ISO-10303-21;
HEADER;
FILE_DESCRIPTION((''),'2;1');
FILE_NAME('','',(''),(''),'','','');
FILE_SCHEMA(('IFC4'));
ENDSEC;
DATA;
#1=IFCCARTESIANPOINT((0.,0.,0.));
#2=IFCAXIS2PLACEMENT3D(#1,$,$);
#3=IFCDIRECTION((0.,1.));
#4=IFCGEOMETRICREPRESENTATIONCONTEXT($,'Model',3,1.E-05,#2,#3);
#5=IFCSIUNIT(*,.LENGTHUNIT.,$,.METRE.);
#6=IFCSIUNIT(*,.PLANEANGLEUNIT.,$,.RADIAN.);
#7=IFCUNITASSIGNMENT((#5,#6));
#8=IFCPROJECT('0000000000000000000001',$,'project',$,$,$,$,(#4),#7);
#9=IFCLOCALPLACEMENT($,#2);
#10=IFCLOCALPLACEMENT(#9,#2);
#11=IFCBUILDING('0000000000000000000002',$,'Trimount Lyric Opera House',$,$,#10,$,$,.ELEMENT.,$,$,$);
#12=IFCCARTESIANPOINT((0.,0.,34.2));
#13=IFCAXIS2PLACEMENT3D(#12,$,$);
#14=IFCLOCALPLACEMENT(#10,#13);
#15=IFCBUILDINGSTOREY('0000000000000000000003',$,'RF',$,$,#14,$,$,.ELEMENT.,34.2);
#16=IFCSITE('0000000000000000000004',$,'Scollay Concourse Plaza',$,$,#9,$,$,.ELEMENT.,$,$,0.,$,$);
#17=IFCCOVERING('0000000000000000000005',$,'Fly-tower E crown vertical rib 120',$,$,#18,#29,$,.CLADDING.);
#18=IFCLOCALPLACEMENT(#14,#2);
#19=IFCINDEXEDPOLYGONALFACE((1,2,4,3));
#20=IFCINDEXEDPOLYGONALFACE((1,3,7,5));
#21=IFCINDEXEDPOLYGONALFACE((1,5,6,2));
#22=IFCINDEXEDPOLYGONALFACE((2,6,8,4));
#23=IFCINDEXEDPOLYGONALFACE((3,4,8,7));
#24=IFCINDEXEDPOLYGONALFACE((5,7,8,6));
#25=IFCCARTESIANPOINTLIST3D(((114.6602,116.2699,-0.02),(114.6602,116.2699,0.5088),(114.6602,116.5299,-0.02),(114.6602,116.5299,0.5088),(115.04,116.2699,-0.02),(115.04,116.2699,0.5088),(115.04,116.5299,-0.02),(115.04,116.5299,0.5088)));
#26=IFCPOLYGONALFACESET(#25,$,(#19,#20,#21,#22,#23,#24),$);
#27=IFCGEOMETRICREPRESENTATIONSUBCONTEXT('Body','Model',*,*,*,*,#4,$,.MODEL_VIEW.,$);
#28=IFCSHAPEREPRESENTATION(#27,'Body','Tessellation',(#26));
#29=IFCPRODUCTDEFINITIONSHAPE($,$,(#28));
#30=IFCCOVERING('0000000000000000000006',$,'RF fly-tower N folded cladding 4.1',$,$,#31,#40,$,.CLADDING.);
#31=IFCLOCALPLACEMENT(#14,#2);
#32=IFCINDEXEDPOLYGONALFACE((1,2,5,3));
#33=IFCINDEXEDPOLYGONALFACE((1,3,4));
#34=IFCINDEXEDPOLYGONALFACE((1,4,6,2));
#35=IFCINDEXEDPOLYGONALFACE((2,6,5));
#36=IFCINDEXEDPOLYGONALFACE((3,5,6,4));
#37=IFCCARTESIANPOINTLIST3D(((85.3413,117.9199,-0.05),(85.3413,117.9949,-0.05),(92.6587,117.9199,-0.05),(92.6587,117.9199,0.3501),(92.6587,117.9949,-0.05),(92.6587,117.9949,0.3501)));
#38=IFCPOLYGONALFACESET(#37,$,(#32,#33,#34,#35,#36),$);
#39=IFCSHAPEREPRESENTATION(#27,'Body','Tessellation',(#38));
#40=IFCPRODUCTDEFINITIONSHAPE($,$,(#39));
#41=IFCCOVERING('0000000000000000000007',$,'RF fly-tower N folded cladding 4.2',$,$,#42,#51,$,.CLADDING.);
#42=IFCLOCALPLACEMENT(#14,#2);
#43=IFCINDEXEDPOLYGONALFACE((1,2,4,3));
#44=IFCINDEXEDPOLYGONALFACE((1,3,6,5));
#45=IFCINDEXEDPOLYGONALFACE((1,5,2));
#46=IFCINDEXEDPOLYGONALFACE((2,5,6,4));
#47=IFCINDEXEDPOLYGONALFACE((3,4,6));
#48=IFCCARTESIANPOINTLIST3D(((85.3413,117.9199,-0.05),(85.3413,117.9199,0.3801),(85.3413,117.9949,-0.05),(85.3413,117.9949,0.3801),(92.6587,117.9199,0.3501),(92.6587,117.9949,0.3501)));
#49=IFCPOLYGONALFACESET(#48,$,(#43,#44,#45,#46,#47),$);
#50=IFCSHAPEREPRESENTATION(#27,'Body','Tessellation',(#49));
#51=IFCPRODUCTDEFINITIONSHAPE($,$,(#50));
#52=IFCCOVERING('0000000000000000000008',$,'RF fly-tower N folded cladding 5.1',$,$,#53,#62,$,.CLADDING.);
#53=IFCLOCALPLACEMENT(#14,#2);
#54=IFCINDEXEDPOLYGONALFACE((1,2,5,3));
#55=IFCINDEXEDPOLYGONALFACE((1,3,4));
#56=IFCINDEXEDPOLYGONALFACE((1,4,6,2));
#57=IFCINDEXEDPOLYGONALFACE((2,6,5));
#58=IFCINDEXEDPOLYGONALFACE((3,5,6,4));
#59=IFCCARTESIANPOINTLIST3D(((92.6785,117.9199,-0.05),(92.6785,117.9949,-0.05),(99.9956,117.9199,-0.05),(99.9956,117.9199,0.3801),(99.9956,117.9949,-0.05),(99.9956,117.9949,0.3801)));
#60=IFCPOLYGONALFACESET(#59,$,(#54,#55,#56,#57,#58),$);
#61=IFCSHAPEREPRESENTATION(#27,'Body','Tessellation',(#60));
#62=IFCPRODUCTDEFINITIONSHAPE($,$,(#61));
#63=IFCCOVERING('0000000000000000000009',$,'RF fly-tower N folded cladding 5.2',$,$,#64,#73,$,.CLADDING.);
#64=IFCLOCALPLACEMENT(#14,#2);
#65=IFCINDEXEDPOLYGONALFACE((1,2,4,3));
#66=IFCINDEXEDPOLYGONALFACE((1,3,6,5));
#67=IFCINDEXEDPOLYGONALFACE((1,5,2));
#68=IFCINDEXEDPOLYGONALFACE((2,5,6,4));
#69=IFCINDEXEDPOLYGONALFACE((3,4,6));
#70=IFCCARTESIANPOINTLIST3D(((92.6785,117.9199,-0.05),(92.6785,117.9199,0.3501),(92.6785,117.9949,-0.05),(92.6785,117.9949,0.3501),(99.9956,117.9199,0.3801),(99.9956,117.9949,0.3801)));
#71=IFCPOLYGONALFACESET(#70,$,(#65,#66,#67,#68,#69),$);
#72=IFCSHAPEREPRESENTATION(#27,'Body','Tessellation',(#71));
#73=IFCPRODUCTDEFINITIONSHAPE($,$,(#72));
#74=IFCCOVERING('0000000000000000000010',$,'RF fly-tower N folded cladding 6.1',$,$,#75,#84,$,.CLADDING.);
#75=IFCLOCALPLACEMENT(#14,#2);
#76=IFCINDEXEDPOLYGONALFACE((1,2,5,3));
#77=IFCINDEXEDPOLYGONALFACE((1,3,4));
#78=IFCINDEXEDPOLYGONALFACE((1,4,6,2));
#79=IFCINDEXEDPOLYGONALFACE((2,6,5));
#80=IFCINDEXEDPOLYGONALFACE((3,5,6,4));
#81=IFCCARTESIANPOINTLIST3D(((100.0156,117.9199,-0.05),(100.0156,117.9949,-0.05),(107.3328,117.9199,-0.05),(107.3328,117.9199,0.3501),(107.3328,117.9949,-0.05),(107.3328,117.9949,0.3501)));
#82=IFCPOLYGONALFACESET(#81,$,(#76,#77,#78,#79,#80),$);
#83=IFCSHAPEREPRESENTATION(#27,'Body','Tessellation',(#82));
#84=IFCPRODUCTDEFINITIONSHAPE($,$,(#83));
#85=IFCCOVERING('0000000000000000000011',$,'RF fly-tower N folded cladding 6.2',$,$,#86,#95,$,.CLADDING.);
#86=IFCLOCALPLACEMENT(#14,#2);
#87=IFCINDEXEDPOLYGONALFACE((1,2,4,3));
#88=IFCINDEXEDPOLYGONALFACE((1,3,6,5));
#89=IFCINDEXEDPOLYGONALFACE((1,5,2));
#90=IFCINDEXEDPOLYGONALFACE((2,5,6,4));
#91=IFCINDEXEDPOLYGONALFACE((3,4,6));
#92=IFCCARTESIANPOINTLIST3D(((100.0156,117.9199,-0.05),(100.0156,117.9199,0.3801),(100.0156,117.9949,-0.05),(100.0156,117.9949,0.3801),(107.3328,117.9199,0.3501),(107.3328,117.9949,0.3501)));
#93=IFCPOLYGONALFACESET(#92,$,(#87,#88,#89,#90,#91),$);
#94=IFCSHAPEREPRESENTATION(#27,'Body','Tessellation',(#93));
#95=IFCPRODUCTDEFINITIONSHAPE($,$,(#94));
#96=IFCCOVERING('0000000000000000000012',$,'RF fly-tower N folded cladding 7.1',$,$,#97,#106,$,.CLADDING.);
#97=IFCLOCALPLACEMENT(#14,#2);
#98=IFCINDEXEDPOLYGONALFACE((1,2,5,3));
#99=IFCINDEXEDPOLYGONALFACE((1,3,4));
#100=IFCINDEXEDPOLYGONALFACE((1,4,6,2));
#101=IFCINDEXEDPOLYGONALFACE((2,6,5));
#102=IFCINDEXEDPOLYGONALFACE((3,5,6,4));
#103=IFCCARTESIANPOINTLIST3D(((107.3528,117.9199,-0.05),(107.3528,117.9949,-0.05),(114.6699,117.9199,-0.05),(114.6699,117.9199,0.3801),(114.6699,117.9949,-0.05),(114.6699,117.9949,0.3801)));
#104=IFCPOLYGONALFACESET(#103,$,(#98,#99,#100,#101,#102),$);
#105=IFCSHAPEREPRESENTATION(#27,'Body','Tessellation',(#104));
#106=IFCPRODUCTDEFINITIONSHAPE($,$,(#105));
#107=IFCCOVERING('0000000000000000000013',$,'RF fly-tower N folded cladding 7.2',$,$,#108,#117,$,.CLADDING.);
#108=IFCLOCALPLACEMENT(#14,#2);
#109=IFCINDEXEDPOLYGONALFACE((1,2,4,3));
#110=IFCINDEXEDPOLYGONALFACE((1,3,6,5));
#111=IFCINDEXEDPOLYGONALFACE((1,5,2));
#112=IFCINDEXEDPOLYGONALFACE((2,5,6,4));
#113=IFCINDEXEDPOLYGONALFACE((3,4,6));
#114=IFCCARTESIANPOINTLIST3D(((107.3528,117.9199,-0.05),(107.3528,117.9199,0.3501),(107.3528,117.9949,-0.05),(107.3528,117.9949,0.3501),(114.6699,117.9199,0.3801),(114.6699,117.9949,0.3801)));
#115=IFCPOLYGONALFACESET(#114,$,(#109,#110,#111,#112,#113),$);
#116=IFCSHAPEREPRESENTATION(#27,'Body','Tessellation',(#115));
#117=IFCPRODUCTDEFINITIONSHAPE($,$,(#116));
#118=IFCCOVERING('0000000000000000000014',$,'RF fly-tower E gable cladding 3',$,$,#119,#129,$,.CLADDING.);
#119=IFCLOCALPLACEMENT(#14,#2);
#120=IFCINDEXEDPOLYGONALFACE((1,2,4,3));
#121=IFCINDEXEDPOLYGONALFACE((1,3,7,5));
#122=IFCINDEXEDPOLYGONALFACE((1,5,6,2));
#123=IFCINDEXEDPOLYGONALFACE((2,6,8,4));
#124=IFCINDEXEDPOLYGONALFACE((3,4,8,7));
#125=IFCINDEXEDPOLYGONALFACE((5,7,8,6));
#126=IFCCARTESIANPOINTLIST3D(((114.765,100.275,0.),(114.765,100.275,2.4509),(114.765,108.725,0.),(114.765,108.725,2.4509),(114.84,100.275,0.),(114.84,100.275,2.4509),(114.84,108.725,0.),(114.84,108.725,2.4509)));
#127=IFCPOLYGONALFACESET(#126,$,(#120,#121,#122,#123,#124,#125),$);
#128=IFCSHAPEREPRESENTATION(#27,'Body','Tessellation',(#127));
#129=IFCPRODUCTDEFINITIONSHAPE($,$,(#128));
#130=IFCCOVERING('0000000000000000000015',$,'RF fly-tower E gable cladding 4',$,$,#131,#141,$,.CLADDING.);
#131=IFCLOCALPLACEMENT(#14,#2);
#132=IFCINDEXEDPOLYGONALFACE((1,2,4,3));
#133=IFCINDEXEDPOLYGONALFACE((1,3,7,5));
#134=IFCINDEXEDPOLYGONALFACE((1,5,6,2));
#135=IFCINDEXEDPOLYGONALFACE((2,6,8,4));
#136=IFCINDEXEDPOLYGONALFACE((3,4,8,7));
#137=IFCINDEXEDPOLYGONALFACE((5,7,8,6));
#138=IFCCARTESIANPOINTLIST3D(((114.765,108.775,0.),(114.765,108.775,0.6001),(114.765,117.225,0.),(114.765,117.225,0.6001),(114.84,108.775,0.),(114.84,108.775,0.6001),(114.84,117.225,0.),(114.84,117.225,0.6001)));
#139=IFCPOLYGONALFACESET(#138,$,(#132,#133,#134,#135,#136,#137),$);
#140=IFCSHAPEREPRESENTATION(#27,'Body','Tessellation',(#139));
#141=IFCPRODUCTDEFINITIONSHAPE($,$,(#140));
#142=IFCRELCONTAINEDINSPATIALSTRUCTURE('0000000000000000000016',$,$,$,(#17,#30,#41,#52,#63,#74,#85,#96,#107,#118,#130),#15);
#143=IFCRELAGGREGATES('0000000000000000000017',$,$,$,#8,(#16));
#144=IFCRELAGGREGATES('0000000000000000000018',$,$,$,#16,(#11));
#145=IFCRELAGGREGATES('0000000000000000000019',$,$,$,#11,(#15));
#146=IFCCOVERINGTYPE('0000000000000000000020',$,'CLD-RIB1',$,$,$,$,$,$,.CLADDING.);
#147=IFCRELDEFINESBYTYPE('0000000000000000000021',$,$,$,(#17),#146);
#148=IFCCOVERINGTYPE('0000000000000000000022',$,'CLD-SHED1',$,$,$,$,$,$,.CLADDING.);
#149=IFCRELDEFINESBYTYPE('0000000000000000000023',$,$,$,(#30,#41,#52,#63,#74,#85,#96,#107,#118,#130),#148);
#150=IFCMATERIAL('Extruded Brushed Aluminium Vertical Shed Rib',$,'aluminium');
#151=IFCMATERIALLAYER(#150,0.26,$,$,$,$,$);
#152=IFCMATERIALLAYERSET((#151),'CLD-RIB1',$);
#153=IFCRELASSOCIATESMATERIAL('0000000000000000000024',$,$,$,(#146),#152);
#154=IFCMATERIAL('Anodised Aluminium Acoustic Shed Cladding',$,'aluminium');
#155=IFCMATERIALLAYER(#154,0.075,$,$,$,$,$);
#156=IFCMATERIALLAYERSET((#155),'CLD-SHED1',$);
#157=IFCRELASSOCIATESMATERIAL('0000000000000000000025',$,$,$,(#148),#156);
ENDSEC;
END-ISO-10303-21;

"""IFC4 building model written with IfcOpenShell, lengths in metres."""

from ifc_helpers import new_model, si_unit, direction, frame, origin, origin_2d, place, context, subcontext, project, spatial, polyline, rectangle, outline, extrude, material, layer, layer_set, type_object, element, save


model = new_model("IFC4")

# Units and contexts
model_context = context("Model", 3, precision=1e-05, world=origin(), true_north=direction((0.0, 1.0)))
body_context = subcontext(model_context, "Body", "Model", "MODEL_VIEW")
ifc_project = project(units=[si_unit("LENGTHUNIT", "METRE"), si_unit("PLANEANGLEUNIT", "RADIAN")], contexts=[model_context])

# Site, building, storey
site_placement = place(None, origin())
site = spatial("IfcSite", under=ifc_project, at=site_placement, Name="Scollay Concourse Plaza", CompositionType="ELEMENT", RefElevation=0.0)
building_placement = place(site_placement, origin())
building = spatial("IfcBuilding", under=site, at=building_placement, Name="Trimount Lyric Opera House", CompositionType="ELEMENT")
storey_placement = place(building_placement, frame((0.0, 0.0, 34.2)))
storey = spatial("IfcBuildingStorey", under=building, at=storey_placement, Name="RF", CompositionType="ELEMENT", Elevation=34.2)

# Coverings
ifc_material_1 = material(Name="Extruded Brushed Aluminium Vertical Shed Rib", Category="aluminium")
ifc_layer_1 = layer(ifc_material_1, 0.26)
ifc_layer_set_1 = layer_set([ifc_layer_1], Name="CLD-RIB1")
covering_type_1 = type_object("IfcCoveringType", Name="CLD-RIB1", PredefinedType="CLADDING", material=ifc_layer_set_1)
covering_1_placement = place(storey_placement, frame((114.8501, 116.3999, -0.02), z_axis=(0.0, 0.0, 1.0), x_axis=(1.0, 0.0, 0.0)))
element("IfcCovering", 1, at=covering_1_placement, inside=storey, type_object=covering_type_1, Name="Fly-tower E crown vertical rib 120", PredefinedType="CLADDING", context=body_context, shape_type="SweptSolid", body=[
    extrude(rectangle(XDim=0.3799, YDim=0.26, at=origin_2d()), origin(), (0.0, 0.0, 1.0), 0.5288),
])
ifc_material_2 = material(Name="Anodised Aluminium Acoustic Shed Cladding", Category="aluminium")
ifc_layer_2 = layer(ifc_material_2, 0.075)
ifc_layer_set_2 = layer_set([ifc_layer_2], Name="CLD-SHED1")
covering_type_2 = type_object("IfcCoveringType", Name="CLD-SHED1", PredefinedType="CLADDING", material=ifc_layer_set_2)
covering_2_placement = place(storey_placement, frame((85.3413, 117.9199, -0.05), z_axis=(0.0, -1.0, 0.0), x_axis=(1.0, 0.0, 0.0)))
element("IfcCovering", 2, at=covering_2_placement, inside=storey, type_object=covering_type_2, Name="RF fly-tower N folded cladding 4.1", PredefinedType="CLADDING", context=body_context, shape_type="SweptSolid", body=[
    extrude(outline(polyline([(0.0, 0.0), (7.3174, 0.0), (7.3174, 0.4001), (0.0, 0.0)])), origin(), (0.0, 0.0, -1.0), 0.075),
])
covering_3_placement = place(storey_placement, frame((85.3413, 117.9199, -0.05), z_axis=(0.0, -1.0, 0.0), x_axis=(0.998508, 0.0, 0.054603)))
element("IfcCovering", 3, at=covering_3_placement, inside=storey, type_object=covering_type_2, Name="RF fly-tower N folded cladding 4.2", PredefinedType="CLADDING", context=body_context, shape_type="SweptSolid", body=[
    extrude(outline(polyline([(0.0, 0.0), (7.3283, 0.0), (0.0235, 0.4295), (0.0, 0.0)])), origin(), (0.0, 0.0, -1.0), 0.075),
])
covering_4_placement = place(storey_placement, frame((92.6785, 117.9199, -0.05), z_axis=(0.0, -1.0, 0.0), x_axis=(1.0, 0.0, 0.0)))
element("IfcCovering", 4, at=covering_4_placement, inside=storey, type_object=covering_type_2, Name="RF fly-tower N folded cladding 5.1", PredefinedType="CLADDING", context=body_context, shape_type="SweptSolid", body=[
    extrude(outline(polyline([(0.0, 0.0), (7.3171, 0.0), (7.3171, 0.4302), (0.0, 0.0)])), origin(), (0.0, 0.0, -1.0), 0.075),
])
covering_5_placement = place(storey_placement, frame((92.6785, 117.9199, -0.05), z_axis=(0.0, -1.0, 0.0), x_axis=(0.998276, 0.0, 0.058689)))
element("IfcCovering", 5, at=covering_5_placement, inside=storey, type_object=covering_type_2, Name="RF fly-tower N folded cladding 5.2", PredefinedType="CLADDING", context=body_context, shape_type="SweptSolid", body=[
    extrude(outline(polyline([(0.0, 0.0), (7.3298, 0.0), (0.0235, 0.3995), (0.0, 0.0)])), origin(), (0.0, 0.0, -1.0), 0.075),
])
covering_6_placement = place(storey_placement, frame((100.0156, 117.9199, -0.05), z_axis=(0.0, -1.0, 0.0), x_axis=(1.0, 0.0, 0.0)))
element("IfcCovering", 6, at=covering_6_placement, inside=storey, type_object=covering_type_2, Name="RF fly-tower N folded cladding 6.1", PredefinedType="CLADDING", context=body_context, shape_type="SweptSolid", body=[
    extrude(outline(polyline([(0.0, 0.0), (7.3171, 0.0), (7.3171, 0.4001), (0.0, 0.0)])), origin(), (0.0, 0.0, -1.0), 0.075),
])
covering_7_placement = place(storey_placement, frame((100.0156, 117.9199, -0.05), z_axis=(0.0, -1.0, 0.0), x_axis=(0.998508, 0.0, 0.054605)))
element("IfcCovering", 7, at=covering_7_placement, inside=storey, type_object=covering_type_2, Name="RF fly-tower N folded cladding 6.2", PredefinedType="CLADDING", context=body_context, shape_type="SweptSolid", body=[
    extrude(outline(polyline([(0.0, 0.0), (7.3281, 0.0), (0.0235, 0.4295), (0.0, 0.0)])), origin(), (0.0, 0.0, -1.0), 0.075),
])
covering_8_placement = place(storey_placement, frame((107.3528, 117.9199, -0.05), z_axis=(0.0, -1.0, 0.0), x_axis=(1.0, 0.0, 0.0)))
element("IfcCovering", 8, at=covering_8_placement, inside=storey, type_object=covering_type_2, Name="RF fly-tower N folded cladding 7.1", PredefinedType="CLADDING", context=body_context, shape_type="SweptSolid", body=[
    extrude(outline(polyline([(0.0, 0.0), (7.3171, 0.0), (7.3171, 0.4302), (0.0, 0.0)])), origin(), (0.0, 0.0, -1.0), 0.075),
])
covering_9_placement = place(storey_placement, frame((107.3528, 117.9199, -0.05), z_axis=(0.0, -1.0, 0.0), x_axis=(0.998276, 0.0, 0.058689)))
element("IfcCovering", 9, at=covering_9_placement, inside=storey, type_object=covering_type_2, Name="RF fly-tower N folded cladding 7.2", PredefinedType="CLADDING", context=body_context, shape_type="SweptSolid", body=[
    extrude(outline(polyline([(0.0, 0.0), (7.3298, 0.0), (0.0235, 0.3995), (0.0, 0.0)])), origin(), (0.0, 0.0, -1.0), 0.075),
])
covering_10_placement = place(storey_placement, frame((114.8025, 104.5, 0.0), z_axis=(0.0, 0.0, 1.0), x_axis=(1.0, 0.0, 0.0)))
element("IfcCovering", 10, at=covering_10_placement, inside=storey, type_object=covering_type_2, Name="RF fly-tower E gable cladding 3", PredefinedType="CLADDING", context=body_context, shape_type="SweptSolid", body=[
    extrude(rectangle(XDim=0.075, YDim=8.45, at=origin_2d()), origin(), (0.0, 0.0, 1.0), 2.4509),
])
covering_11_placement = place(storey_placement, frame((114.8025, 113.0, 0.0), z_axis=(0.0, 0.0, 1.0), x_axis=(1.0, 0.0, 0.0)))
element("IfcCovering", 11, at=covering_11_placement, inside=storey, type_object=covering_type_2, Name="RF fly-tower E gable cladding 4", PredefinedType="CLADDING", context=body_context, shape_type="SweptSolid", body=[
    extrude(rectangle(XDim=0.075, YDim=8.45, at=origin_2d()), origin(), (0.0, 0.0, 1.0), 0.6001),
])

save(model, "model.ifc")
